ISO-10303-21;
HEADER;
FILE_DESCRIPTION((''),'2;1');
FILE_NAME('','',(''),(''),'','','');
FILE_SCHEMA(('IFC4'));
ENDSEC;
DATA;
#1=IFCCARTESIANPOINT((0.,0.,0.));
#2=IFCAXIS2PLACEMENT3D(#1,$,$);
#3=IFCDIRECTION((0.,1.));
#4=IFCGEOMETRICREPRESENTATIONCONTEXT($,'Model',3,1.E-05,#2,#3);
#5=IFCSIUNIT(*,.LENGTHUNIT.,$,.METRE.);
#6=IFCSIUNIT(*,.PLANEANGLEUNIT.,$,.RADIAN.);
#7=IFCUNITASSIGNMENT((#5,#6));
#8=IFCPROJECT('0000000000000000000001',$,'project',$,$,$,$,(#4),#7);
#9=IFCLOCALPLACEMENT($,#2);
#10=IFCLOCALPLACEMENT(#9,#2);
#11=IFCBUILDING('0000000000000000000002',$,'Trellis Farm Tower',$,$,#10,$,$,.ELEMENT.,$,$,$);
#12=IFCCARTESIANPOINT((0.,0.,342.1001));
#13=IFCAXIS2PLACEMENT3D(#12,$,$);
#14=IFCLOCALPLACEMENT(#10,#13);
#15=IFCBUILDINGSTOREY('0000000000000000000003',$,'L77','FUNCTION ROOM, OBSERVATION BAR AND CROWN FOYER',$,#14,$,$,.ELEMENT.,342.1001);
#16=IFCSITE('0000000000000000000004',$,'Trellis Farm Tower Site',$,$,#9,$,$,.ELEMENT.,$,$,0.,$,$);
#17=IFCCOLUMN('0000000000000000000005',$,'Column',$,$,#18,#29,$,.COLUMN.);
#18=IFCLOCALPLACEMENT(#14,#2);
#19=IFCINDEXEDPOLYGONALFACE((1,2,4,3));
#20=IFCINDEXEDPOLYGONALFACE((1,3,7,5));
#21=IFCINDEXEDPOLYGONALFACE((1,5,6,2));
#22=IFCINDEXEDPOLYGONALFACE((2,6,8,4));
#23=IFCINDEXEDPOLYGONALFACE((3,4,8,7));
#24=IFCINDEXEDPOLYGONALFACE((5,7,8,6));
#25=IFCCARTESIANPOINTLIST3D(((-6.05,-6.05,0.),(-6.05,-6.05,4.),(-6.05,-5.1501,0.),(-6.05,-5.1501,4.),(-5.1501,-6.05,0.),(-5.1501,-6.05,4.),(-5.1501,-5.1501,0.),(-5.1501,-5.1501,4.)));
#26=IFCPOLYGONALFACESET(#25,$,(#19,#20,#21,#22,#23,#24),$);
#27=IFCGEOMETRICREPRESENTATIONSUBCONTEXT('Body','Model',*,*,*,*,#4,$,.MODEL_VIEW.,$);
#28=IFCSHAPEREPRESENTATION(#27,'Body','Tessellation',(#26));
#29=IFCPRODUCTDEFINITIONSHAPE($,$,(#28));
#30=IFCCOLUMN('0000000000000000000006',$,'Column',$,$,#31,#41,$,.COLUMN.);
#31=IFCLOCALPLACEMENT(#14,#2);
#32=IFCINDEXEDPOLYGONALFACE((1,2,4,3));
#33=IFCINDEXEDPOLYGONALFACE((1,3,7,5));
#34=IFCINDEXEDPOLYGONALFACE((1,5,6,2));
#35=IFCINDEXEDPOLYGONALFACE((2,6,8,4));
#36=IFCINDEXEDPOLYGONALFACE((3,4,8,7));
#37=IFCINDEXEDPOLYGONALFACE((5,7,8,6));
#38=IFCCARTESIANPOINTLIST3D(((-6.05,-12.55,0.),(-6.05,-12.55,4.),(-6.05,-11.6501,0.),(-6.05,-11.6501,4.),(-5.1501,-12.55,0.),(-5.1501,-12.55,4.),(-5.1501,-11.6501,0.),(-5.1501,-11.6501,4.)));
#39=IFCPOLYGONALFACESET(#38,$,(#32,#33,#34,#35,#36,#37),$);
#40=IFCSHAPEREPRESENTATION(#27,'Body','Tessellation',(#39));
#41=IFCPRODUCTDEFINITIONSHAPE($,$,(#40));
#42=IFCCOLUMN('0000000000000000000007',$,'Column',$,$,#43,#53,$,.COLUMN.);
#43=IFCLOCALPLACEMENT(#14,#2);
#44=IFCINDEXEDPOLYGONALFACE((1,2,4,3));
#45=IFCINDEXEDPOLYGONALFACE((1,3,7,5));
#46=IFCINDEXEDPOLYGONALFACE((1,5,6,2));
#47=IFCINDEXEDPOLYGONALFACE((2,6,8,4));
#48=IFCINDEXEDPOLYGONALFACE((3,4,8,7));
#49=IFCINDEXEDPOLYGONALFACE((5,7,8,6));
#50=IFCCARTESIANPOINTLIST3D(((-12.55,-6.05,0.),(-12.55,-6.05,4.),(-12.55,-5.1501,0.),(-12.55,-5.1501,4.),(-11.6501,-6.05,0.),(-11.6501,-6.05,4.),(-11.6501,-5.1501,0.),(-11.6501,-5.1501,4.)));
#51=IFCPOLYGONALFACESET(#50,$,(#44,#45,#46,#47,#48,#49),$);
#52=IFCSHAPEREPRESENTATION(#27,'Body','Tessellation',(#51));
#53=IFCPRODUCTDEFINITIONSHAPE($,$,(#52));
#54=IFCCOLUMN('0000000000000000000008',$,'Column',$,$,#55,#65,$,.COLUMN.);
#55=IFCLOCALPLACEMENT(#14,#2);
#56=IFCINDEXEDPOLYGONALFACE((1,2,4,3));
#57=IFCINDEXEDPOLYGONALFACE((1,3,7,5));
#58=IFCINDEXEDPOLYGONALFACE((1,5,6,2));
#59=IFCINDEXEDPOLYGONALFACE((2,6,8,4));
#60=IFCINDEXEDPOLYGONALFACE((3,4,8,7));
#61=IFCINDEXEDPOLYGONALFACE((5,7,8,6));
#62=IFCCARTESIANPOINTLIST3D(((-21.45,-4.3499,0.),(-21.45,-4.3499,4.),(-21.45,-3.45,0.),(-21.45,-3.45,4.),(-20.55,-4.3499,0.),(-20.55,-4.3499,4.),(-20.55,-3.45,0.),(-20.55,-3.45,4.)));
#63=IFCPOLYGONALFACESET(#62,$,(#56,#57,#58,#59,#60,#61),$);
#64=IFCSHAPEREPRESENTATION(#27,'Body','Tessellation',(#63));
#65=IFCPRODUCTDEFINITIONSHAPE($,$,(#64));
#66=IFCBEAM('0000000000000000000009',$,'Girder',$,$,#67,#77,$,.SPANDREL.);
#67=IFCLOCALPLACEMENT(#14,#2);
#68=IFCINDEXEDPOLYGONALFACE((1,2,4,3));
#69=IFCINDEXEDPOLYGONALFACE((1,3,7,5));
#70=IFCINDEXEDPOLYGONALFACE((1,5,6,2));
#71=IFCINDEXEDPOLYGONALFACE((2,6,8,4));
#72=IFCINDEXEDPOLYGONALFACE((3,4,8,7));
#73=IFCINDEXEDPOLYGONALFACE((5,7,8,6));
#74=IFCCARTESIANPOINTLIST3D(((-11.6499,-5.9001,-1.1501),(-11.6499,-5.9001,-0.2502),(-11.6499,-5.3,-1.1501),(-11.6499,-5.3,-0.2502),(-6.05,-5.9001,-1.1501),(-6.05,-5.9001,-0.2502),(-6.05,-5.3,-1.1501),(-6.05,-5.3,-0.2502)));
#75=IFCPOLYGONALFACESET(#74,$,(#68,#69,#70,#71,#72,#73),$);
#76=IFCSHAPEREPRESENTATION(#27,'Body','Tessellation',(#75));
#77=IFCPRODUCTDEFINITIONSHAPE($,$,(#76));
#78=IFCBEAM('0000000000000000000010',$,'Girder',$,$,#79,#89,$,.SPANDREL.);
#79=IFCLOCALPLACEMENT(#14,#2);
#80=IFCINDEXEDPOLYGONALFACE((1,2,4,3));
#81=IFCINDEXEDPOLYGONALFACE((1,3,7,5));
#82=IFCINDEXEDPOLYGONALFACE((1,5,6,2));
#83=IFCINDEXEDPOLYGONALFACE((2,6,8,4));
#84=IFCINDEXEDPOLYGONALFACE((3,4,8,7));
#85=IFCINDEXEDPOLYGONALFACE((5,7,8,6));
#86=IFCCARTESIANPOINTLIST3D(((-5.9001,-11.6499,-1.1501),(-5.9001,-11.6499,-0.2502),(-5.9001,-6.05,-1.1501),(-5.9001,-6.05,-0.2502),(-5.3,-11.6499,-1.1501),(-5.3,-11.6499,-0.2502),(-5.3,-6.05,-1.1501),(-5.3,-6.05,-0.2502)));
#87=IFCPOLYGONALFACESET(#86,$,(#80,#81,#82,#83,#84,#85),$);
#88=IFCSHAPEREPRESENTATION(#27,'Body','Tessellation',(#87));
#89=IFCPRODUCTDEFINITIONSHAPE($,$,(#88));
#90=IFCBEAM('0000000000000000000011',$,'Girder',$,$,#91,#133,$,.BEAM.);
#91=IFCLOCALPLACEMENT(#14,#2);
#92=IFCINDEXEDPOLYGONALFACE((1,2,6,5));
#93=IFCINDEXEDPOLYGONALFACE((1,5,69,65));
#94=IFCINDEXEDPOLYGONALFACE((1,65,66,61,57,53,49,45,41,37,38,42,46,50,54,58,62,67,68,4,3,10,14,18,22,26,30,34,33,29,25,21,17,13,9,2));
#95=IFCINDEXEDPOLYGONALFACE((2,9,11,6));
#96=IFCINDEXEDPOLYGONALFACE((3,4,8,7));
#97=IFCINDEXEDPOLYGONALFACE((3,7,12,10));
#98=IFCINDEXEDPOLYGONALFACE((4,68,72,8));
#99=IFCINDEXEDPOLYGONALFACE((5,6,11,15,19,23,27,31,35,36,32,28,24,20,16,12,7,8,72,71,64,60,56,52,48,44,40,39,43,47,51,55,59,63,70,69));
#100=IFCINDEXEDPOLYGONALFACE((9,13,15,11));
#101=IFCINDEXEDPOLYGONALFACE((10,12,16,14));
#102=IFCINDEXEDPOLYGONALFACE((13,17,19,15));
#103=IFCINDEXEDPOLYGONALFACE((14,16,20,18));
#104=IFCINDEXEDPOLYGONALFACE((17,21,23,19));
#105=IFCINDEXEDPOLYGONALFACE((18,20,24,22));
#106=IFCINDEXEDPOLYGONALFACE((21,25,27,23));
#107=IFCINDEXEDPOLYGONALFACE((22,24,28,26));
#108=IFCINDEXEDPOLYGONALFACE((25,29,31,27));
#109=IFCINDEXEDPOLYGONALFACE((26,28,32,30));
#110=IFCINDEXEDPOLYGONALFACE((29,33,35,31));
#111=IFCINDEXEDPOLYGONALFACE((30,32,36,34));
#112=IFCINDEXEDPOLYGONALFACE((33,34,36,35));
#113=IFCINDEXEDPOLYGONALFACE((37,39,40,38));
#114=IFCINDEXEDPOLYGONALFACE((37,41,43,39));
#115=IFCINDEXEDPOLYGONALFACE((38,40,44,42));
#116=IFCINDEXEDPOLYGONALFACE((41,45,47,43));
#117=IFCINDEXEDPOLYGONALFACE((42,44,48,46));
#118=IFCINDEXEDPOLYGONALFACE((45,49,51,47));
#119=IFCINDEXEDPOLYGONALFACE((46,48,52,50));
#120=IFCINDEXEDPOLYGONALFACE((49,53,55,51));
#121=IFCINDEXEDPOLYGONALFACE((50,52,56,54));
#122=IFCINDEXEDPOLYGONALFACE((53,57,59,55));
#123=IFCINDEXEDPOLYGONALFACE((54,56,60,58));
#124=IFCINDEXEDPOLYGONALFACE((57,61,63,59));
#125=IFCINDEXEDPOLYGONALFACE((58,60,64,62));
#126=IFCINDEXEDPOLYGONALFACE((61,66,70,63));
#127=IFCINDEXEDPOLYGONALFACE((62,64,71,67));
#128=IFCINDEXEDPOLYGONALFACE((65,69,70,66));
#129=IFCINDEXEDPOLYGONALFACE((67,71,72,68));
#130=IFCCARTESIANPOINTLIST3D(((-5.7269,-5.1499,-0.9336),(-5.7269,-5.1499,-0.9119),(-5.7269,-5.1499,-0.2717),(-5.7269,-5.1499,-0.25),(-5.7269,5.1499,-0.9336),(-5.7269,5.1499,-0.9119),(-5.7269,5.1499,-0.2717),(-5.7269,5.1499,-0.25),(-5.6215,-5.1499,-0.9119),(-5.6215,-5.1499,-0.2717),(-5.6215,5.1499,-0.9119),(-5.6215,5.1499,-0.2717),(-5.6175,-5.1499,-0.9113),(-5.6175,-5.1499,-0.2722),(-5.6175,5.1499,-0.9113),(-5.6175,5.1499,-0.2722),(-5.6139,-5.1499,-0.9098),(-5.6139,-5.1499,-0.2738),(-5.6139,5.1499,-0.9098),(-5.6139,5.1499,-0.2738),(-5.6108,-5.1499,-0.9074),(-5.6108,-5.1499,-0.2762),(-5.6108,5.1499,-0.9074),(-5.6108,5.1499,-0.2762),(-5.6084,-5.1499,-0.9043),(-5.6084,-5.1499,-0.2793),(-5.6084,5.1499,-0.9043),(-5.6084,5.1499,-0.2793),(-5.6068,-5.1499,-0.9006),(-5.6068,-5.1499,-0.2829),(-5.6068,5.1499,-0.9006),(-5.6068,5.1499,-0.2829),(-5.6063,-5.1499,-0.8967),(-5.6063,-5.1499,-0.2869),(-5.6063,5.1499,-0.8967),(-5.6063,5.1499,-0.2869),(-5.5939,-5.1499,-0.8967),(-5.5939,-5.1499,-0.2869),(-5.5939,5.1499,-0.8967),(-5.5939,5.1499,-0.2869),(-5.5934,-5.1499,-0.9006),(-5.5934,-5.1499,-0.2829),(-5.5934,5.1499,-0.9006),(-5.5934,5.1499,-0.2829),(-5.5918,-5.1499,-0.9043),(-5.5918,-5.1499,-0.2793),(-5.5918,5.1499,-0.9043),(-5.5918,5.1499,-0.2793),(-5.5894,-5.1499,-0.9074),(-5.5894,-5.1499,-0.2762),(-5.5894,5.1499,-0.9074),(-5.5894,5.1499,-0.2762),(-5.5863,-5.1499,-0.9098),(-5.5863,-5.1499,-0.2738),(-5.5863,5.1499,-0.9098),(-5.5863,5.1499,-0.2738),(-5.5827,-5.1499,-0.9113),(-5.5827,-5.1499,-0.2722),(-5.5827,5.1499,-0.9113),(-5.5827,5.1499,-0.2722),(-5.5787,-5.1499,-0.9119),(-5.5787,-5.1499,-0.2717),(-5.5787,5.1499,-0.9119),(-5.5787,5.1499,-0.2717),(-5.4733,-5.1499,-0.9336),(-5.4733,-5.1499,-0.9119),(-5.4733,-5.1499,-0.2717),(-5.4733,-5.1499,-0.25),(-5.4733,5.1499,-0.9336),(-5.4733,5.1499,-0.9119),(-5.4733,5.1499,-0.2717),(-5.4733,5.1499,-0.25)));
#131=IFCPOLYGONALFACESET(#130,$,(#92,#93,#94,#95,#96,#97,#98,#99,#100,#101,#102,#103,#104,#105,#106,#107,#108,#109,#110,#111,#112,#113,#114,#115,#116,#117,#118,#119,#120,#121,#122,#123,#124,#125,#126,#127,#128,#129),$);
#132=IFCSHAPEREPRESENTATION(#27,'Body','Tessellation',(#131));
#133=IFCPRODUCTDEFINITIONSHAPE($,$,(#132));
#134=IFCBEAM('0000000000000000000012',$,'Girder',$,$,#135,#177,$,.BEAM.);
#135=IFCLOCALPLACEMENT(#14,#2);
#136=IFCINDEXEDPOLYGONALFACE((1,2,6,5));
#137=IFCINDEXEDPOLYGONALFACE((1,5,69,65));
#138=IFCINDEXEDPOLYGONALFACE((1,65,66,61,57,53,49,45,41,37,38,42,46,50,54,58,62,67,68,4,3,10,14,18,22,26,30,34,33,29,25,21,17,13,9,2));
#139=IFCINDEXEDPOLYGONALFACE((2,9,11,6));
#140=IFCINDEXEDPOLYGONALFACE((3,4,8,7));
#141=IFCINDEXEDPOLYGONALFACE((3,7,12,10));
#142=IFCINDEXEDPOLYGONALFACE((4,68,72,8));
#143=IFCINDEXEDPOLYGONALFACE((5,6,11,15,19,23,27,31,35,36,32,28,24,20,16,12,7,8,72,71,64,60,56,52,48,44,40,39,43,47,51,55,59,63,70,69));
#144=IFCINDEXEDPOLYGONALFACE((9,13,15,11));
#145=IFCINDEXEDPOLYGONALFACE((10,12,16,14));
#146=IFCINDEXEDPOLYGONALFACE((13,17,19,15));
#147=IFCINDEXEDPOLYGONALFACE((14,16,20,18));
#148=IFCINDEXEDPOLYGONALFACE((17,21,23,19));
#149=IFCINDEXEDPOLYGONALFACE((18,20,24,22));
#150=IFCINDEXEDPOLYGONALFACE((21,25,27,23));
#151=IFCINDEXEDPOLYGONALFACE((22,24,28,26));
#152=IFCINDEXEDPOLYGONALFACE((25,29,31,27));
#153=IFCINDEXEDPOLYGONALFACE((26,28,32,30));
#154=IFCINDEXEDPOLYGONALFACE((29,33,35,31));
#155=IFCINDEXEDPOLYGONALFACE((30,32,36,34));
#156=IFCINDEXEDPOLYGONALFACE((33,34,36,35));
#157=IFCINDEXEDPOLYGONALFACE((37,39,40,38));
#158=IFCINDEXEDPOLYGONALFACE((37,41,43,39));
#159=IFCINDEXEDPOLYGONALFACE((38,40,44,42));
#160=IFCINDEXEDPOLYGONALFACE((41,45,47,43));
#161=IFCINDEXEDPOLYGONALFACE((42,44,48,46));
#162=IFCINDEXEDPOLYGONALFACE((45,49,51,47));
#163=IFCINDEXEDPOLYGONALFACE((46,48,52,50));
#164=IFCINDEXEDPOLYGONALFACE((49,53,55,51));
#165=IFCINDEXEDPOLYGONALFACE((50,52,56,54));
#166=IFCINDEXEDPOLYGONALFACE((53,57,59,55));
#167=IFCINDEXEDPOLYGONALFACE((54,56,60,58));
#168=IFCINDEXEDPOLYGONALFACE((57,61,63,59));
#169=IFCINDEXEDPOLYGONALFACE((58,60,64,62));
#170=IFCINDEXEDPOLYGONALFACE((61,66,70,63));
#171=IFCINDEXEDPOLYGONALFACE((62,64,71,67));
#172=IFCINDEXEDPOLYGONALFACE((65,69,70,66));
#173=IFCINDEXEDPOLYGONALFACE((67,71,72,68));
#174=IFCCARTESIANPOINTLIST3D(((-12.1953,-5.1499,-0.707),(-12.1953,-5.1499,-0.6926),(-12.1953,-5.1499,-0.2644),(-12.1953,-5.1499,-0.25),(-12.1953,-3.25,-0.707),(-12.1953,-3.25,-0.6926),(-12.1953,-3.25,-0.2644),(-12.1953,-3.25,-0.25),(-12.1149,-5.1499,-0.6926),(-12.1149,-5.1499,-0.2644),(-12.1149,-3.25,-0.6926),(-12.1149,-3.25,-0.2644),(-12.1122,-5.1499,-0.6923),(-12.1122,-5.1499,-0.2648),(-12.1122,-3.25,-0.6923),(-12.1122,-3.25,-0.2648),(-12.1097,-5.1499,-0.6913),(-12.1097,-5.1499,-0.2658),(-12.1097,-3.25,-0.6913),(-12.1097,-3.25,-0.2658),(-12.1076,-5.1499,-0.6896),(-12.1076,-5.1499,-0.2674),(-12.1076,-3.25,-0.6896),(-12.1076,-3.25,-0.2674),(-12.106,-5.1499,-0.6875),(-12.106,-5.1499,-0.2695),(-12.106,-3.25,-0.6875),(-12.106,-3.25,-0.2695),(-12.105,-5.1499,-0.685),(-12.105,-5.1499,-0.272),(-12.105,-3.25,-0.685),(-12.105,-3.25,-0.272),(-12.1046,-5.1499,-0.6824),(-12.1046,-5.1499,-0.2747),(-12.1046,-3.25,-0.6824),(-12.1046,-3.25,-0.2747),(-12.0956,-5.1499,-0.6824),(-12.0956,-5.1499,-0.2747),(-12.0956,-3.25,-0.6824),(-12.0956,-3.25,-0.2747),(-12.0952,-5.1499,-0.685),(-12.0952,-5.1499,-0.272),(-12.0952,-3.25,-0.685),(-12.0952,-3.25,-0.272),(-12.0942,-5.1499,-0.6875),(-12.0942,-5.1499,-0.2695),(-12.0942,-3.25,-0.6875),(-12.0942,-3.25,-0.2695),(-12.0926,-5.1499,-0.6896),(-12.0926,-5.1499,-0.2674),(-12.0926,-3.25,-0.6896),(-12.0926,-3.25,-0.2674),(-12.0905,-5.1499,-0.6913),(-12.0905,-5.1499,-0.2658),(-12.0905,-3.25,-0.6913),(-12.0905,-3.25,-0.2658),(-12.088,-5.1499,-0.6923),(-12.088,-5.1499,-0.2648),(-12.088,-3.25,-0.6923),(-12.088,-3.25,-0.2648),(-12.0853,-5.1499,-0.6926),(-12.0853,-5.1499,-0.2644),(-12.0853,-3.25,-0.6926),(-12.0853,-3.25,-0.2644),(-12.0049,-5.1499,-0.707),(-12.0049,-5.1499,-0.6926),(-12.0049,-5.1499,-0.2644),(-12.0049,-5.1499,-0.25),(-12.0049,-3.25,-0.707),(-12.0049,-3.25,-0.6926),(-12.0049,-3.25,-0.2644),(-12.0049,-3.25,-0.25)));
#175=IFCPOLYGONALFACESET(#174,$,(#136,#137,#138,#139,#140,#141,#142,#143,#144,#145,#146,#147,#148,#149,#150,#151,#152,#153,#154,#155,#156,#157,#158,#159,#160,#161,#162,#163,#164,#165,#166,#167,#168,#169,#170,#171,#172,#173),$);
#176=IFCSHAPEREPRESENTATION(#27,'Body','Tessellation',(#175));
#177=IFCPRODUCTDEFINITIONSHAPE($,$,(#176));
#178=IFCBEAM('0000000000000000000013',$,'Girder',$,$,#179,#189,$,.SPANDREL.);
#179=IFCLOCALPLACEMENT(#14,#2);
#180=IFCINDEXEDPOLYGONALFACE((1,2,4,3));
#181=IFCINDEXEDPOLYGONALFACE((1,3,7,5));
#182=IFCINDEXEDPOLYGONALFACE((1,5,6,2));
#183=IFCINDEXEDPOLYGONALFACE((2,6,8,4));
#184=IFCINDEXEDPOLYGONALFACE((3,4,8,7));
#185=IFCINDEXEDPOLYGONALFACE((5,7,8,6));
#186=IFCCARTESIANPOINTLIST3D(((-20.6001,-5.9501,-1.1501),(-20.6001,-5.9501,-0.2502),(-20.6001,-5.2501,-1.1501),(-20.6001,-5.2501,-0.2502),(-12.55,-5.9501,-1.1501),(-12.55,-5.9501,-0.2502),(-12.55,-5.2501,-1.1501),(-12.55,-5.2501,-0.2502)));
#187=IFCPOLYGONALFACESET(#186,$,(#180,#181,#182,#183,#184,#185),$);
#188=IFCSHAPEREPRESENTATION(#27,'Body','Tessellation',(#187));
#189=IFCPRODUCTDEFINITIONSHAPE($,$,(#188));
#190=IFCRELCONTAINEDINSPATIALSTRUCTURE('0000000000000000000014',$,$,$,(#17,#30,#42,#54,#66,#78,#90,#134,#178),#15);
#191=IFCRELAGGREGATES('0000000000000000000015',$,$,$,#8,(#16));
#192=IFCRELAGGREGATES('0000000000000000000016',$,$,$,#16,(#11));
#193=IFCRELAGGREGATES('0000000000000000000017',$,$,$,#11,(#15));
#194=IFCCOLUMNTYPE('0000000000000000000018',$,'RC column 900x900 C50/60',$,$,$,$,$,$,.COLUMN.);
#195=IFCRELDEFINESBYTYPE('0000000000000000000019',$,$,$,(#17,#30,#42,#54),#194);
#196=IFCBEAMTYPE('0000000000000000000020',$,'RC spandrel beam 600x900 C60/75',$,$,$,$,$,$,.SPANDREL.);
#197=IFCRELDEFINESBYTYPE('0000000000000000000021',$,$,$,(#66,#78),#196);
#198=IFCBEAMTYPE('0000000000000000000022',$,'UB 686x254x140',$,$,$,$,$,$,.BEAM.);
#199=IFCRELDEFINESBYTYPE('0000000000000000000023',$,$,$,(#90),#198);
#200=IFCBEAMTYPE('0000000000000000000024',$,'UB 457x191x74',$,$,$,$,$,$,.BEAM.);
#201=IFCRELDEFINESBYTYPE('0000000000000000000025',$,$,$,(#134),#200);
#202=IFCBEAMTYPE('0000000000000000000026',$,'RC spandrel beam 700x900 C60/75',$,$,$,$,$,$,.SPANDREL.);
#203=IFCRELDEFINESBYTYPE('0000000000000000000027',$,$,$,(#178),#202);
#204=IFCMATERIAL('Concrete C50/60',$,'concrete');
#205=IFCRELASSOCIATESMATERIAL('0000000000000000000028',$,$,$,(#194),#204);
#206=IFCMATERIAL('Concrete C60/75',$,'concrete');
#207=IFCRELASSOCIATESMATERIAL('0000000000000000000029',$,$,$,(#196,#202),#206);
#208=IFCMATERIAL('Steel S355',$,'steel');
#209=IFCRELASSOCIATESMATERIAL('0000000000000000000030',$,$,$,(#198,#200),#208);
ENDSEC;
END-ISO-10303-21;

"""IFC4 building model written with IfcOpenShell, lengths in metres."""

from ifc_helpers import new_model, si_unit, direction, frame, origin, origin_2d, place, context, subcontext, project, spatial, rectangle, i_section, extrude, source, transform, mapped, material, material_profile, profile_set, type_object, element, save


model = new_model("IFC4")

# Units and contexts
model_context = context("Model", 3, precision=1e-05, world=origin(), true_north=direction((0.0, 1.0)))
body_context = subcontext(model_context, "Body", "Model", "MODEL_VIEW")
ifc_project = project(units=[si_unit("LENGTHUNIT", "METRE"), si_unit("PLANEANGLEUNIT", "RADIAN")], contexts=[model_context])

# Site, building, storey
site_placement = place(None, origin())
site = spatial("IfcSite", under=ifc_project, at=site_placement, Name="Trellis Farm Tower Site", CompositionType="ELEMENT", RefElevation=0.0)
building_placement = place(site_placement, origin())
building = spatial("IfcBuilding", under=site, at=building_placement, Name="Trellis Farm Tower", CompositionType="ELEMENT")
storey_placement = place(building_placement, frame((0.0, 0.0, 342.1001)))
storey = spatial("IfcBuildingStorey", under=building, at=storey_placement, Name="L77", Description="FUNCTION ROOM, OBSERVATION BAR AND CROWN FOYER", CompositionType="ELEMENT", Elevation=342.1001)

# Columns
ifc_material_1 = material(Name="Concrete C50/60", Category="concrete")
ifc_material_profile_1 = material_profile(ifc_material_1, rectangle(XDim=0.8999, YDim=0.8999, at=origin_2d()), Name="RC column 900x900 C50/60")
ifc_profile_set_1 = profile_set([ifc_material_profile_1], Name="Concrete C50/60")
column_type = type_object("IfcColumnType", Name="RC column 900x900 C50/60", PredefinedType="COLUMN", material=ifc_profile_set_1)
shared_shape_1 = source(origin(), body_context, "Body", "SweptSolid", [
    extrude(rectangle(XDim=0.8999, YDim=0.8999, at=origin_2d()), origin(), (0.0, 0.0, 1.0), 4.0),
])
for number, where, z_axis, x_axis, name in (
    (1, (-5.6001, -5.6001, 0.0), (0.0, 0.0, 1.0), (1.0, 0.0, 0.0), "Column"),
    (2, (-5.6001, -12.1001, 0.0), (0.0, 0.0, 1.0), (1.0, 0.0, 0.0), "Column"),
    (3, (-12.1001, -5.6001, 0.0), (0.0, 0.0, 1.0), (1.0, 0.0, 0.0), "Column"),
    (4, (-21.0, -3.8999, 0.0), (0.0, 0.0, 1.0), (1.0, 0.0, 0.0), "Column"),
):
    element("IfcColumn", number, at=place(storey_placement, frame(where, z_axis=z_axis, x_axis=x_axis)), inside=storey, type_object=column_type, Name=name, PredefinedType="COLUMN", context=body_context, shape_type="MappedRepresentation", body=[
        mapped(shared_shape_1, transform((0.0, 0.0, 0.0))),
    ])

# Beams
ifc_material_2 = material(Name="Concrete C60/75", Category="concrete")
ifc_material_profile_2 = material_profile(ifc_material_2, rectangle(XDim=0.6001, YDim=0.8999, at=origin_2d()), Name="RC spandrel beam 600x900 C60/75")
ifc_profile_set_2 = profile_set([ifc_material_profile_2], Name="Concrete C60/75")
beam_type_1 = type_object("IfcBeamType", Name="RC spandrel beam 600x900 C60/75", PredefinedType="SPANDREL", material=ifc_profile_set_2)
shared_shape_2 = source(origin(), body_context, "Body", "SweptSolid", [
    extrude(rectangle(XDim=0.6001, YDim=0.8999, at=origin_2d()), origin(), (0.0, 0.0, 1.0), 5.5999),
])
for number, where, z_axis, x_axis, name in (
    (5, (-11.6499, -5.6001, -0.7002), (1.0, 0.0, 0.0), (0.0, 1.0, 0.0), "Girder"),
    (6, (-5.6001, -11.6499, -0.7002), (0.0, 1.0, 0.0), (-1.0, 0.0, 0.0), "Girder"),
):
    element("IfcBeam", number, at=place(storey_placement, frame(where, z_axis=z_axis, x_axis=x_axis)), inside=storey, type_object=beam_type_1, Name=name, PredefinedType="SPANDREL", context=body_context, shape_type="MappedRepresentation", body=[
        mapped(shared_shape_2, transform((0.0, 0.0, 0.0))),
    ])
ifc_material_3 = material(Name="Steel S355", Category="steel")
ifc_material_profile_3 = material_profile(ifc_material_3, i_section(OverallWidth=0.2537, OverallDepth=0.6836, WebThickness=0.0125, FlangeThickness=0.0217, FilletRadius=0.0151, at=origin_2d()), Name="UB 686x254x140")
ifc_profile_set_3 = profile_set([ifc_material_profile_3], Name="Steel S355")
beam_type_2 = type_object("IfcBeamType", Name="UB 686x254x140", PredefinedType="BEAM", material=ifc_profile_set_3)
shared_shape_3 = source(origin(), body_context, "Body", "SweptSolid", [
    extrude(i_section(OverallWidth=0.2537, OverallDepth=0.6836, WebThickness=0.0125, FlangeThickness=0.0217, FilletRadius=0.0151, at=origin_2d()), origin(), (0.0, 0.0, 1.0), 10.2998),
])
beam_1_placement = place(storey_placement, frame((-5.6001, -5.1499, -0.5918), z_axis=(0.0, 1.0, 0.0), x_axis=(-1.0, 0.0, 0.0)))
element("IfcBeam", 7, at=beam_1_placement, inside=storey, type_object=beam_type_2, Name="Girder", PredefinedType="BEAM", context=body_context, shape_type="MappedRepresentation", body=[
    mapped(shared_shape_3, transform((0.0, 0.0, 0.0))),
])
ifc_material_profile_4 = material_profile(ifc_material_3, i_section(OverallWidth=0.1904, OverallDepth=0.457, WebThickness=0.009, FlangeThickness=0.0144, FilletRadius=0.0103, at=origin_2d()), Name="UB 457x191x74")
ifc_profile_set_4 = profile_set([ifc_material_profile_4], Name="Steel S355")
beam_type_3 = type_object("IfcBeamType", Name="UB 457x191x74", PredefinedType="BEAM", material=ifc_profile_set_4)
shared_shape_4 = source(origin(), body_context, "Body", "SweptSolid", [
    extrude(i_section(OverallWidth=0.1904, OverallDepth=0.457, WebThickness=0.009, FlangeThickness=0.0144, FilletRadius=0.0103, at=origin_2d()), origin(), (0.0, 0.0, 1.0), 1.8999),
])
beam_2_placement = place(storey_placement, frame((-12.1001, -5.1499, -0.4785), z_axis=(0.0, 1.0, 0.0), x_axis=(-1.0, 0.0, 0.0)))
element("IfcBeam", 8, at=beam_2_placement, inside=storey, type_object=beam_type_3, Name="Girder", PredefinedType="BEAM", context=body_context, shape_type="MappedRepresentation", body=[
    mapped(shared_shape_4, transform((0.0, 0.0, 0.0))),
])
ifc_material_profile_5 = material_profile(ifc_material_2, rectangle(XDim=0.7, YDim=0.8999, at=origin_2d()), Name="RC spandrel beam 700x900 C60/75")
ifc_profile_set_5 = profile_set([ifc_material_profile_5], Name="Concrete C60/75")
beam_type_4 = type_object("IfcBeamType", Name="RC spandrel beam 700x900 C60/75", PredefinedType="SPANDREL", material=ifc_profile_set_5)
shared_shape_5 = source(origin(), body_context, "Body", "SweptSolid", [
    extrude(rectangle(XDim=0.7, YDim=0.8999, at=origin_2d()), origin(), (0.0, 0.0, 1.0), 8.05),
])
beam_3_placement = place(storey_placement, frame((-20.6001, -5.6001, -0.7002), z_axis=(1.0, 0.0, 0.0), x_axis=(0.0, 1.0, 0.0)))
element("IfcBeam", 9, at=beam_3_placement, inside=storey, type_object=beam_type_4, Name="Girder", PredefinedType="SPANDREL", context=body_context, shape_type="MappedRepresentation", body=[
    mapped(shared_shape_5, transform((0.0, 0.0, 0.0))),
])

save(model, "model.ifc")
